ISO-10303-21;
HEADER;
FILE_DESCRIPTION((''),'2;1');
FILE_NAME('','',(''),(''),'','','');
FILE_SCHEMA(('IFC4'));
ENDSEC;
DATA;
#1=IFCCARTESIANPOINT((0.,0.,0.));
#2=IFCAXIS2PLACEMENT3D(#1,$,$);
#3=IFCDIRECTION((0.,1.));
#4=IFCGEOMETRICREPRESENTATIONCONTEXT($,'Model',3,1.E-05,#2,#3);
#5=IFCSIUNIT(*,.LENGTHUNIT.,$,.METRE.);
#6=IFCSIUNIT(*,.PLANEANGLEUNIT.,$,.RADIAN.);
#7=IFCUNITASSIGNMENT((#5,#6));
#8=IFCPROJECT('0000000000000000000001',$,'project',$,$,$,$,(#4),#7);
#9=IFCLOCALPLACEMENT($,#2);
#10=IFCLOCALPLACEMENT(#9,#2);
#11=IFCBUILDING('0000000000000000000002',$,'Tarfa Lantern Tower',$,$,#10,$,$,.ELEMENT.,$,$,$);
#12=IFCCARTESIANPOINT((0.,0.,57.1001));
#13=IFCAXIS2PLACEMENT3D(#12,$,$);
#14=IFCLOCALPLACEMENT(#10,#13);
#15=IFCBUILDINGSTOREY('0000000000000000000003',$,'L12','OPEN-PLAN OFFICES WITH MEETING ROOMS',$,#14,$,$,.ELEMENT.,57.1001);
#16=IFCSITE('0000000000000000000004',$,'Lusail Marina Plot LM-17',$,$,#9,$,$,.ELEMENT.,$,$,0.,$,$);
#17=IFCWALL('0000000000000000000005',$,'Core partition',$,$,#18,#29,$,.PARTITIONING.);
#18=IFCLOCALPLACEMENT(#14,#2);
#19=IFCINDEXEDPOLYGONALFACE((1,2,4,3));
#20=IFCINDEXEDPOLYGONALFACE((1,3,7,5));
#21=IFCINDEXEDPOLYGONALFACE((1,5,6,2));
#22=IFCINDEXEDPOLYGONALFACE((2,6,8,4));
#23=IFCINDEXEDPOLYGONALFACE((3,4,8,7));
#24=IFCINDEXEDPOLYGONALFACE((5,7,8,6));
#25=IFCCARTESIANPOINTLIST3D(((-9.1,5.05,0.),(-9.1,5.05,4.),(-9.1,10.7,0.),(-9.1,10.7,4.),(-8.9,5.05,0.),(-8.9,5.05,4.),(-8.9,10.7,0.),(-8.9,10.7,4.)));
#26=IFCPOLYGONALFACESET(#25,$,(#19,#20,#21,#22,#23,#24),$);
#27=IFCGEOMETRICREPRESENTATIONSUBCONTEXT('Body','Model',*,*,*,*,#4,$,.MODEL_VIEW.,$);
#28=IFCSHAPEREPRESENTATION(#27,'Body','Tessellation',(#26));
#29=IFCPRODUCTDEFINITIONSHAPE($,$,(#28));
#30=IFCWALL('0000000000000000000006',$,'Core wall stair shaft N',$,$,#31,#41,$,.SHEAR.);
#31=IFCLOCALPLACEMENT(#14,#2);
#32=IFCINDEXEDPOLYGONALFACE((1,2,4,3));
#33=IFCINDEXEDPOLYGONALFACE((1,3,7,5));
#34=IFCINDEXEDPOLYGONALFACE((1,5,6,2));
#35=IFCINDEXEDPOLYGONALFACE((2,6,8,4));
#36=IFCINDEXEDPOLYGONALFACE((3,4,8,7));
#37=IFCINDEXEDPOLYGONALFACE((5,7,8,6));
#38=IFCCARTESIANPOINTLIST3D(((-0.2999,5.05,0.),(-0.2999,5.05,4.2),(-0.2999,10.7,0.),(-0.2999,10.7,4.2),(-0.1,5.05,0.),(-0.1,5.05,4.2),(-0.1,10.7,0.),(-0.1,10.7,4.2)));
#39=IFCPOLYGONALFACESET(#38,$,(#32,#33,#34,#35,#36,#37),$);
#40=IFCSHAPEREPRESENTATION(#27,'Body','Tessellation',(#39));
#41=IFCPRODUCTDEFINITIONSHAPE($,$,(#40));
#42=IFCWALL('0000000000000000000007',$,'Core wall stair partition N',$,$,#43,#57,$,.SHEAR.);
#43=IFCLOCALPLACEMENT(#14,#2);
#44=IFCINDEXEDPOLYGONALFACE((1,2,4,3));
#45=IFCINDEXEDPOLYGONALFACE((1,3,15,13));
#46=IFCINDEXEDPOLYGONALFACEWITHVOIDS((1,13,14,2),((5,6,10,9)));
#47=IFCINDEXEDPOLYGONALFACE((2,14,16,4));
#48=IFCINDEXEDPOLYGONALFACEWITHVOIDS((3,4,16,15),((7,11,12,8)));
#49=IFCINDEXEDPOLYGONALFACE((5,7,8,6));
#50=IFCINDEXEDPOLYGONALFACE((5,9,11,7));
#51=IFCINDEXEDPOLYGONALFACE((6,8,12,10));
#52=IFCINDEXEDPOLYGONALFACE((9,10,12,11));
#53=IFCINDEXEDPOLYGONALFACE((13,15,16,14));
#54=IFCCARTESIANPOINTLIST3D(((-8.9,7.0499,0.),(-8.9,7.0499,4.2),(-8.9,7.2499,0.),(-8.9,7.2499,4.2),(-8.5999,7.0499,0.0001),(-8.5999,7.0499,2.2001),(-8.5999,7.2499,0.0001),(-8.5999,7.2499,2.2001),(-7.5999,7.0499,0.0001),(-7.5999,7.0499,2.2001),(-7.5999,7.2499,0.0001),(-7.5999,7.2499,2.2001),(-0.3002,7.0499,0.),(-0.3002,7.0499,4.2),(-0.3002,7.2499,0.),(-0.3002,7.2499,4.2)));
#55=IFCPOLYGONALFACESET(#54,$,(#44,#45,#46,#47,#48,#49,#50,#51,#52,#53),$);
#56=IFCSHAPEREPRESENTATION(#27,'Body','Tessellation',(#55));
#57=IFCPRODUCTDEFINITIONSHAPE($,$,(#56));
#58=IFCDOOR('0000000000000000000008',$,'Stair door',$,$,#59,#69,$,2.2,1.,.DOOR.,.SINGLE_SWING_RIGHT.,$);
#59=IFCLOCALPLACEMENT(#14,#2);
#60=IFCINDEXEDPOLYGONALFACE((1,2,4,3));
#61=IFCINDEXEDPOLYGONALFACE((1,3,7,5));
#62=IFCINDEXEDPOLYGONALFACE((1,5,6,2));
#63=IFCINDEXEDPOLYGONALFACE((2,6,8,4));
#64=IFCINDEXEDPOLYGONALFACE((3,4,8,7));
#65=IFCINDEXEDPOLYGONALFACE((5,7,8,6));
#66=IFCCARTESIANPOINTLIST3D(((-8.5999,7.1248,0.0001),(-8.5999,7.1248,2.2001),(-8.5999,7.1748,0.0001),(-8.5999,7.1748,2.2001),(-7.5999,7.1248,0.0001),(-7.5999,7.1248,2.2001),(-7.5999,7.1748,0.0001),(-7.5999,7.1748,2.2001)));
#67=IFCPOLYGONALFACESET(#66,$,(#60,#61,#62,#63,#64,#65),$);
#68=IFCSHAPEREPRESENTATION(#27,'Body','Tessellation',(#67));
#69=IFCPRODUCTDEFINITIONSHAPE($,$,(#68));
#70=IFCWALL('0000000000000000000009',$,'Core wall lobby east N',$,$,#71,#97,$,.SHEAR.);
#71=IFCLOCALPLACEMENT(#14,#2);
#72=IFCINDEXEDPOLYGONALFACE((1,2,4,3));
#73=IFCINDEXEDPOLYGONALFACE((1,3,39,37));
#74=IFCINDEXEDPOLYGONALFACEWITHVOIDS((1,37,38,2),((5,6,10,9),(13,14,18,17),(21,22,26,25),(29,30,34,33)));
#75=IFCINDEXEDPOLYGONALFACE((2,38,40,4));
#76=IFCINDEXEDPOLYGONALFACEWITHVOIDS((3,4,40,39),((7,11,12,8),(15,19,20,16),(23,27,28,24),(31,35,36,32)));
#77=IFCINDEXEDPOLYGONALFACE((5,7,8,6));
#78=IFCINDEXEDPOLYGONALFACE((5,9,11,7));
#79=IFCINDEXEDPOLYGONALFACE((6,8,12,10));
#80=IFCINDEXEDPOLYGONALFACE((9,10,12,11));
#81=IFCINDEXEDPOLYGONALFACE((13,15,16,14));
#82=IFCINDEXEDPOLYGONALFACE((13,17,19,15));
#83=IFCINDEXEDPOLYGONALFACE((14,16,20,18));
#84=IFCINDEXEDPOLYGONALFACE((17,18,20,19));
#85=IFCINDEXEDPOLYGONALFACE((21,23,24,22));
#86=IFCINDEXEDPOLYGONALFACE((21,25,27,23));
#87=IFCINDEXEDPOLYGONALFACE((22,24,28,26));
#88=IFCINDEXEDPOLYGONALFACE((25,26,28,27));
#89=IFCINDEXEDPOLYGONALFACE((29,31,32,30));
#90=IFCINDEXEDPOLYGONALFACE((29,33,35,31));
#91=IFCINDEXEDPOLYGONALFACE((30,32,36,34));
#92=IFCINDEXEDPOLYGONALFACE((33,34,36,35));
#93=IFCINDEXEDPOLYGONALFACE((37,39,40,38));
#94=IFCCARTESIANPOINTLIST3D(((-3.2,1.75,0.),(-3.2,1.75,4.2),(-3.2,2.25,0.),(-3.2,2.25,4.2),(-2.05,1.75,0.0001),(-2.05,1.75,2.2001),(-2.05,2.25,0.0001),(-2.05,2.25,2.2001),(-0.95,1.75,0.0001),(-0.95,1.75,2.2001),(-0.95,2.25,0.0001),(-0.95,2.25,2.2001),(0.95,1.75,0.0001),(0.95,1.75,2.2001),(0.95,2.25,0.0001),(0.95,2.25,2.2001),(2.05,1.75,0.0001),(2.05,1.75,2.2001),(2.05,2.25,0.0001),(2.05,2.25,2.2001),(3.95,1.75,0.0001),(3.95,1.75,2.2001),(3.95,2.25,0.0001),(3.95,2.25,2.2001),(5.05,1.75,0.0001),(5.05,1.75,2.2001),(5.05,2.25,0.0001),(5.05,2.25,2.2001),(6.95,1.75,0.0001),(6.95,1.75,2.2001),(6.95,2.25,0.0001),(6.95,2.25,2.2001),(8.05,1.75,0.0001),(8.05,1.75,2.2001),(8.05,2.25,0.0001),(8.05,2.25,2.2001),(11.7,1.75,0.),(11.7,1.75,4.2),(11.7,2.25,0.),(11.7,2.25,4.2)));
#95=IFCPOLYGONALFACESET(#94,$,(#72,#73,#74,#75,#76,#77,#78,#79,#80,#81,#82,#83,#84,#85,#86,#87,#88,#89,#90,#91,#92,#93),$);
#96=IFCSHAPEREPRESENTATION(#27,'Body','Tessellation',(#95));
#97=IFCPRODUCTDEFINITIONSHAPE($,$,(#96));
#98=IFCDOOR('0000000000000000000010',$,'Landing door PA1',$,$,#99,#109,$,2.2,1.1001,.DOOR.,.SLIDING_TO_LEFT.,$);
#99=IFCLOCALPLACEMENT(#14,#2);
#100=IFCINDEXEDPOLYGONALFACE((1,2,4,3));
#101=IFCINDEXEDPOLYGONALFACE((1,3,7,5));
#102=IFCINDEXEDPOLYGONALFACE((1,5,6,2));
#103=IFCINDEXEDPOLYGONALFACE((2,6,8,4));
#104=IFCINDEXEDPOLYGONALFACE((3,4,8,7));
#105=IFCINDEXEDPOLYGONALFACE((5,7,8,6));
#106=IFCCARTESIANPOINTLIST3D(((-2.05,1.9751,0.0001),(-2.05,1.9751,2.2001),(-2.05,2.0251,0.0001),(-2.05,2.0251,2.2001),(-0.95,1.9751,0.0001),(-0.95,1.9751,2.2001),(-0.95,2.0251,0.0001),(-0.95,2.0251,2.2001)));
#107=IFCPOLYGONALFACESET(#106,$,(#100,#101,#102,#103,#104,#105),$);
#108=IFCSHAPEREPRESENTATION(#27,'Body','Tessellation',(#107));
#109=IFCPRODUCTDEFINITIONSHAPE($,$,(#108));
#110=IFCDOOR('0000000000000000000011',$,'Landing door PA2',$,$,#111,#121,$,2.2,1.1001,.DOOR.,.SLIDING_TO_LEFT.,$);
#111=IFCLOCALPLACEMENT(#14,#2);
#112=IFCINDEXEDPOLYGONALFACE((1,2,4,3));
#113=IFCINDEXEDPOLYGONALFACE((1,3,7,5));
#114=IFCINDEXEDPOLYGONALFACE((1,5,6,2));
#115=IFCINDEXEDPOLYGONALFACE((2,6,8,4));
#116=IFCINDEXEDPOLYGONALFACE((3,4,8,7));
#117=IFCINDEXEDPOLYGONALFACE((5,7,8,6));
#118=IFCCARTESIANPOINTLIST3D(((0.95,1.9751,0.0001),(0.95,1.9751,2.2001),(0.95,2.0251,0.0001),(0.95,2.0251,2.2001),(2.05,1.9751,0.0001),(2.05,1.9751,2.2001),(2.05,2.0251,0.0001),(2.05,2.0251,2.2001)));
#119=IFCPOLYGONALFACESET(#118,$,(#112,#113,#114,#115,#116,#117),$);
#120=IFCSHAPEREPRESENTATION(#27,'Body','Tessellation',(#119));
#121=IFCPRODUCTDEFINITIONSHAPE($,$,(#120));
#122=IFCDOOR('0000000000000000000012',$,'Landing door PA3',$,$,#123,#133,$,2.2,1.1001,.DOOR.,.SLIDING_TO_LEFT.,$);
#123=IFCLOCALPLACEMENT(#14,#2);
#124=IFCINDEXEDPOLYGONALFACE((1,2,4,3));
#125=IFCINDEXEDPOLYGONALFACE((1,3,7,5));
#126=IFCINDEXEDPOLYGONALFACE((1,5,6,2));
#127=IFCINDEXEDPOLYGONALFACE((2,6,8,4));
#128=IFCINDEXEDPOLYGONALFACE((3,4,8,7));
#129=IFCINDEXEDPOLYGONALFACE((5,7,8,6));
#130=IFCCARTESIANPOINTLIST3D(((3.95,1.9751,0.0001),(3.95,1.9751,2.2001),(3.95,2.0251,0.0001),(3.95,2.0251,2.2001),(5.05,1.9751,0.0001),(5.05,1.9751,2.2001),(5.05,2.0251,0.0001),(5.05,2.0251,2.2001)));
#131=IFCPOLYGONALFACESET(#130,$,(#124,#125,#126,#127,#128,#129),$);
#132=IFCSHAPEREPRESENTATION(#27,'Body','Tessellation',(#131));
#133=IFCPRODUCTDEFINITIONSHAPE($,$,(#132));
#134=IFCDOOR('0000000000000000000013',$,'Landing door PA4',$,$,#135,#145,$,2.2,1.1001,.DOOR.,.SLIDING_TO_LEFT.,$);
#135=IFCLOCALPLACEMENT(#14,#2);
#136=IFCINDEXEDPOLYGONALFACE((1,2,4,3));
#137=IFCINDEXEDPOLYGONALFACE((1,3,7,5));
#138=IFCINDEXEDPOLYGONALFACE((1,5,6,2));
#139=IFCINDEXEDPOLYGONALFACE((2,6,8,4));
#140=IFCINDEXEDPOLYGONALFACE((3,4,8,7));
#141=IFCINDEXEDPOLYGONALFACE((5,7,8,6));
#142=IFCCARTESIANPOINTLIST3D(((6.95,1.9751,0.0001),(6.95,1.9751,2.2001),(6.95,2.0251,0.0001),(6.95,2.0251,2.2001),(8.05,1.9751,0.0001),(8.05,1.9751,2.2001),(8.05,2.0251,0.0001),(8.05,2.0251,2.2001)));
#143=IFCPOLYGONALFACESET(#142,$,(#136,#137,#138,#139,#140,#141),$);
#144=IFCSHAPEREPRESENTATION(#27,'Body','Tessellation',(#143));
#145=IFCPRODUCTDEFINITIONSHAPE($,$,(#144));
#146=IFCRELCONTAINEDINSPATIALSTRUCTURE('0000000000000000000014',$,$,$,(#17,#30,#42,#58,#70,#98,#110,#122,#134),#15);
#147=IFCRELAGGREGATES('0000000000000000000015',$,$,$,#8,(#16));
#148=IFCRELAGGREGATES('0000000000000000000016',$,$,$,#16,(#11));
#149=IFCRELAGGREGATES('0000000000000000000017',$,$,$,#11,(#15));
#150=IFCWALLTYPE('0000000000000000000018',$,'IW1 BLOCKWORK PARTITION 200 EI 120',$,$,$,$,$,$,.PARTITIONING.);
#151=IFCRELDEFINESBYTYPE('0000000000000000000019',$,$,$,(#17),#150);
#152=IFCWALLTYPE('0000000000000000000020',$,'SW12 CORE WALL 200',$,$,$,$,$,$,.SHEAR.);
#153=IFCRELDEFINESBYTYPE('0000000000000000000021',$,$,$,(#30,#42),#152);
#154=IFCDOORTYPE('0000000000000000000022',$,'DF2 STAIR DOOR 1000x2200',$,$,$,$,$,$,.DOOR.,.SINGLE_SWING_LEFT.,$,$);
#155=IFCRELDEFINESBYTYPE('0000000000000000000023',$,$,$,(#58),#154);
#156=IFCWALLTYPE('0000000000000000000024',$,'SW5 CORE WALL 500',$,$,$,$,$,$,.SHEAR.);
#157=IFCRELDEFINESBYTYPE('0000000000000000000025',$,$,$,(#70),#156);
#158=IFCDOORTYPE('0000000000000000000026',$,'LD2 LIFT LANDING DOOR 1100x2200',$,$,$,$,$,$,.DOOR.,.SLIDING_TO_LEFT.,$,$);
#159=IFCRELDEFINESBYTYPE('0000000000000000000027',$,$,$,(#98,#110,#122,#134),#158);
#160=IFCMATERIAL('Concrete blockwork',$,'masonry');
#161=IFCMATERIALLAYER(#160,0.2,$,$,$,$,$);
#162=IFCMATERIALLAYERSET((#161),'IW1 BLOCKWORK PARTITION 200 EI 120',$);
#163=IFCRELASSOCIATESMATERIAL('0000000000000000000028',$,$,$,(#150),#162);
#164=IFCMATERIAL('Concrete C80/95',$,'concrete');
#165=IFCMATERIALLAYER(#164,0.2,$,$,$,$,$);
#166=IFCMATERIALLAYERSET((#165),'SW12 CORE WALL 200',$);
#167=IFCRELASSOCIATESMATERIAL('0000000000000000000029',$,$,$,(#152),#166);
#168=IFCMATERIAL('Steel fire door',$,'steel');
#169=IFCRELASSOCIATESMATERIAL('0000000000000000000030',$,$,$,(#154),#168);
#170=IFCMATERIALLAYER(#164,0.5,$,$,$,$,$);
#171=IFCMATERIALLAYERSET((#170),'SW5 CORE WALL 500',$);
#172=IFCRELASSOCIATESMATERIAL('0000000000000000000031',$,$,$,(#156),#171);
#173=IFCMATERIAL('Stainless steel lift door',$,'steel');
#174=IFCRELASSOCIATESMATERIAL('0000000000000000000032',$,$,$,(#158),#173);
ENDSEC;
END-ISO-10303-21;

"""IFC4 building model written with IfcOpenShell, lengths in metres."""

from ifc_helpers import new_model, si_unit, direction, frame, frame_2d, origin, place, context, subcontext, project, spatial, rectangle, extrude, material, layer, layer_set, type_object, element, fill, save


model = new_model("IFC4")

# Units and contexts
model_context = context("Model", 3, precision=1e-05, world=origin(), true_north=direction((0.0, 1.0)))
body_context = subcontext(model_context, "Body", "Model", "MODEL_VIEW")
ifc_project = project(units=[si_unit("LENGTHUNIT", "METRE"), si_unit("PLANEANGLEUNIT", "RADIAN")], contexts=[model_context])

# Site, building, storey
site_placement = place(None, origin())
site = spatial("IfcSite", under=ifc_project, at=site_placement, Name="Lusail Marina Plot LM-17", CompositionType="ELEMENT", RefElevation=0.0)
building_placement = place(site_placement, origin())
building = spatial("IfcBuilding", under=site, at=building_placement, Name="Tarfa Lantern Tower", CompositionType="ELEMENT")
storey_placement = place(building_placement, frame((0.0, 0.0, 57.1001)))
storey = spatial("IfcBuildingStorey", under=building, at=storey_placement, Name="L12", Description="OPEN-PLAN OFFICES WITH MEETING ROOMS", CompositionType="ELEMENT", Elevation=57.1001)

# Walls
ifc_material_1 = material(Name="Concrete blockwork", Category="masonry")
ifc_layer_1 = layer(ifc_material_1, 0.2)
ifc_layer_set_1 = layer_set([ifc_layer_1], Name="IW1 BLOCKWORK PARTITION 200 EI 120")
wall_type_1 = type_object("IfcWallType", Name="IW1 BLOCKWORK PARTITION 200 EI 120", PredefinedType="PARTITIONING", material=ifc_layer_set_1)
wall_1_placement = place(storey_placement, frame((-9.0, 5.05, 0.0), z_axis=(0.0, 0.0, 1.0), x_axis=(0.0, 1.0, 0.0)))
element("IfcWall", 1, at=wall_1_placement, inside=storey, type_object=wall_type_1, Name="Core partition", PredefinedType="PARTITIONING", context=body_context, shape_type="SweptSolid", body=[
    extrude(rectangle(XDim=5.6499, YDim=0.2, at=frame_2d((2.825, 0.0))), origin(), (0.0, 0.0, 1.0), 4.0),
])
ifc_material_2 = material(Name="Concrete C80/95", Category="concrete")
ifc_layer_2 = layer(ifc_material_2, 0.2)
ifc_layer_set_2 = layer_set([ifc_layer_2], Name="SW12 CORE WALL 200")
wall_type_2 = type_object("IfcWallType", Name="SW12 CORE WALL 200", PredefinedType="SHEAR", material=ifc_layer_set_2)
wall_2_placement = place(storey_placement, frame((-0.2, 5.05, 0.0), z_axis=(0.0, 0.0, 1.0), x_axis=(0.0, 1.0, 0.0)))
element("IfcWall", 2, at=wall_2_placement, inside=storey, type_object=wall_type_2, Name="Core wall stair shaft N", PredefinedType="SHEAR", context=body_context, shape_type="SweptSolid", body=[
    extrude(rectangle(XDim=5.6499, YDim=0.2, at=frame_2d((2.825, 0.0))), origin(), (0.0, 0.0, 1.0), 4.2),
])

# Wall, opening, door
wall_3_placement = place(storey_placement, frame((-8.8999, 7.1499, 0.0), z_axis=(0.0, 0.0, 1.0), x_axis=(1.0, 0.0, 0.0)))
wall_3 = element("IfcWall", 3, at=wall_3_placement, inside=storey, type_object=wall_type_2, Name="Core wall stair partition N", PredefinedType="SHEAR", context=body_context, shape_type="SweptSolid", body=[
    extrude(rectangle(XDim=8.5999, YDim=0.2, at=frame_2d((4.2998, 0.0))), origin(), (0.0, 0.0, 1.0), 4.2),
])
opening_1_placement = place(wall_3_placement, frame((0.3, 0.0, 0.0)))
opening_1 = element("IfcOpeningElement", 4, at=opening_1_placement, cuts=wall_3, PredefinedType="OPENING", context=body_context, shape_type="SweptSolid", body=[
    extrude(rectangle(XDim=1.0, YDim=2.2, at=frame_2d((0.5, 1.1001))), frame((0.0, 0.1099, 0.0), z_axis=(0.0, -1.0, 0.0), x_axis=(1.0, 0.0, 0.0)), (0.0, 0.0, 1.0), 0.22),
])
ifc_material_3 = material(Name="Steel fire door", Category="steel")
door_type_1 = type_object("IfcDoorType", Name="DF2 STAIR DOOR 1000x2200", OperationType="SINGLE_SWING_LEFT", PredefinedType="DOOR", material=ifc_material_3)
door_1_placement = place(opening_1_placement, origin())
door_1 = element("IfcDoor", 5, at=door_1_placement, inside=storey, type_object=door_type_1, Name="Stair door", OperationType="SINGLE_SWING_RIGHT", OverallHeight=2.2, OverallWidth=1.0, PredefinedType="DOOR", context=body_context, shape_type="SweptSolid", body=[
    extrude(rectangle(XDim=1.0, YDim=2.2, at=frame_2d((0.5, 1.1001))), frame((0.0, 0.0249, 0.0), z_axis=(0.0, -1.0, 0.0), x_axis=(1.0, 0.0, 0.0)), (0.0, 0.0, 1.0), 0.05),
])
fill(opening_1, door_1)

# Wall, openings, doors
ifc_layer_3 = layer(ifc_material_2, 0.5)
ifc_layer_set_3 = layer_set([ifc_layer_3], Name="SW5 CORE WALL 500")
wall_type_3 = type_object("IfcWallType", Name="SW5 CORE WALL 500", PredefinedType="SHEAR", material=ifc_layer_set_3)
wall_4_placement = place(storey_placement, frame((-3.2, 2.0, 0.0), z_axis=(0.0, 0.0, 1.0), x_axis=(1.0, 0.0, 0.0)))
wall_4 = element("IfcWall", 6, at=wall_4_placement, inside=storey, type_object=wall_type_3, Name="Core wall lobby east N", PredefinedType="SHEAR", context=body_context, shape_type="SweptSolid", body=[
    extrude(rectangle(XDim=14.8999, YDim=0.5, at=frame_2d((7.45, 0.0))), origin(), (0.0, 0.0, 1.0), 4.2),
])
opening_2_placement = place(wall_4_placement, frame((1.1499, 0.0, 0.0)))
opening_2 = element("IfcOpeningElement", 7, at=opening_2_placement, cuts=wall_4, PredefinedType="OPENING", context=body_context, shape_type="SweptSolid", body=[
    extrude(rectangle(XDim=1.1001, YDim=2.2, at=frame_2d((0.55, 1.1001))), frame((0.0, 0.26, 0.0), z_axis=(0.0, -1.0, 0.0), x_axis=(1.0, 0.0, 0.0)), (0.0, 0.0, 1.0), 0.52),
])
opening_3_placement = place(wall_4_placement, frame((4.1499, 0.0, 0.0)))
opening_3 = element("IfcOpeningElement", 8, at=opening_3_placement, cuts=wall_4, PredefinedType="OPENING", context=body_context, shape_type="SweptSolid", body=[
    extrude(rectangle(XDim=1.1001, YDim=2.2, at=frame_2d((0.55, 1.1001))), frame((0.0, 0.26, 0.0), z_axis=(0.0, -1.0, 0.0), x_axis=(1.0, 0.0, 0.0)), (0.0, 0.0, 1.0), 0.52),
])
opening_4_placement = place(wall_4_placement, frame((7.1499, 0.0, 0.0)))
opening_4 = element("IfcOpeningElement", 9, at=opening_4_placement, cuts=wall_4, PredefinedType="OPENING", context=body_context, shape_type="SweptSolid", body=[
    extrude(rectangle(XDim=1.1001, YDim=2.2, at=frame_2d((0.55, 1.1001))), frame((0.0, 0.26, 0.0), z_axis=(0.0, -1.0, 0.0), x_axis=(1.0, 0.0, 0.0)), (0.0, 0.0, 1.0), 0.52),
])
opening_5_placement = place(wall_4_placement, frame((10.1499, 0.0, 0.0)))
opening_5 = element("IfcOpeningElement", 10, at=opening_5_placement, cuts=wall_4, PredefinedType="OPENING", context=body_context, shape_type="SweptSolid", body=[
    extrude(rectangle(XDim=1.1001, YDim=2.2, at=frame_2d((0.55, 1.1001))), frame((0.0, 0.26, 0.0), z_axis=(0.0, -1.0, 0.0), x_axis=(1.0, 0.0, 0.0)), (0.0, 0.0, 1.0), 0.52),
])
ifc_material_4 = material(Name="Stainless steel lift door", Category="steel")
door_type_2 = type_object("IfcDoorType", Name="LD2 LIFT LANDING DOOR 1100x2200", OperationType="SLIDING_TO_LEFT", PredefinedType="DOOR", material=ifc_material_4)
door_2_placement = place(opening_2_placement, frame((1.1001, 0.0, 0.0), z_axis=(0.0, 0.0, 1.0), x_axis=(-1.0, 0.0, 0.0)))
door_2 = element("IfcDoor", 11, at=door_2_placement, inside=storey, type_object=door_type_2, Name="Landing door PA1", OperationType="SLIDING_TO_LEFT", OverallHeight=2.2, OverallWidth=1.1001, PredefinedType="DOOR", context=body_context, shape_type="SweptSolid", body=[
    extrude(rectangle(XDim=1.1001, YDim=2.2, at=frame_2d((0.55, 1.1001))), frame((0.0, 0.0249, 0.0), z_axis=(0.0, -1.0, 0.0), x_axis=(1.0, 0.0, 0.0)), (0.0, 0.0, 1.0), 0.05),
])
fill(opening_2, door_2)
door_3_placement = place(opening_3_placement, frame((1.1001, 0.0, 0.0), z_axis=(0.0, 0.0, 1.0), x_axis=(-1.0, 0.0, 0.0)))
door_3 = element("IfcDoor", 12, at=door_3_placement, inside=storey, type_object=door_type_2, Name="Landing door PA2", OperationType="SLIDING_TO_LEFT", OverallHeight=2.2, OverallWidth=1.1001, PredefinedType="DOOR", context=body_context, shape_type="SweptSolid", body=[
    extrude(rectangle(XDim=1.1001, YDim=2.2, at=frame_2d((0.55, 1.1001))), frame((0.0, 0.0249, 0.0), z_axis=(0.0, -1.0, 0.0), x_axis=(1.0, 0.0, 0.0)), (0.0, 0.0, 1.0), 0.05),
])
fill(opening_3, door_3)
door_4_placement = place(opening_4_placement, frame((1.1001, 0.0, 0.0), z_axis=(0.0, 0.0, 1.0), x_axis=(-1.0, 0.0, 0.0)))
door_4 = element("IfcDoor", 13, at=door_4_placement, inside=storey, type_object=door_type_2, Name="Landing door PA3", OperationType="SLIDING_TO_LEFT", OverallHeight=2.2, OverallWidth=1.1001, PredefinedType="DOOR", context=body_context, shape_type="SweptSolid", body=[
    extrude(rectangle(XDim=1.1001, YDim=2.2, at=frame_2d((0.55, 1.1001))), frame((0.0, 0.0249, 0.0), z_axis=(0.0, -1.0, 0.0), x_axis=(1.0, 0.0, 0.0)), (0.0, 0.0, 1.0), 0.05),
])
fill(opening_4, door_4)
door_5_placement = place(opening_5_placement, frame((1.1001, 0.0, 0.0), z_axis=(0.0, 0.0, 1.0), x_axis=(-1.0, 0.0, 0.0)))
door_5 = element("IfcDoor", 14, at=door_5_placement, inside=storey, type_object=door_type_2, Name="Landing door PA4", OperationType="SLIDING_TO_LEFT", OverallHeight=2.2, OverallWidth=1.1001, PredefinedType="DOOR", context=body_context, shape_type="SweptSolid", body=[
    extrude(rectangle(XDim=1.1001, YDim=2.2, at=frame_2d((0.55, 1.1001))), frame((0.0, 0.0249, 0.0), z_axis=(0.0, -1.0, 0.0), x_axis=(1.0, 0.0, 0.0)), (0.0, 0.0, 1.0), 0.05),
])
fill(opening_5, door_5)

save(model, "model.ifc")
